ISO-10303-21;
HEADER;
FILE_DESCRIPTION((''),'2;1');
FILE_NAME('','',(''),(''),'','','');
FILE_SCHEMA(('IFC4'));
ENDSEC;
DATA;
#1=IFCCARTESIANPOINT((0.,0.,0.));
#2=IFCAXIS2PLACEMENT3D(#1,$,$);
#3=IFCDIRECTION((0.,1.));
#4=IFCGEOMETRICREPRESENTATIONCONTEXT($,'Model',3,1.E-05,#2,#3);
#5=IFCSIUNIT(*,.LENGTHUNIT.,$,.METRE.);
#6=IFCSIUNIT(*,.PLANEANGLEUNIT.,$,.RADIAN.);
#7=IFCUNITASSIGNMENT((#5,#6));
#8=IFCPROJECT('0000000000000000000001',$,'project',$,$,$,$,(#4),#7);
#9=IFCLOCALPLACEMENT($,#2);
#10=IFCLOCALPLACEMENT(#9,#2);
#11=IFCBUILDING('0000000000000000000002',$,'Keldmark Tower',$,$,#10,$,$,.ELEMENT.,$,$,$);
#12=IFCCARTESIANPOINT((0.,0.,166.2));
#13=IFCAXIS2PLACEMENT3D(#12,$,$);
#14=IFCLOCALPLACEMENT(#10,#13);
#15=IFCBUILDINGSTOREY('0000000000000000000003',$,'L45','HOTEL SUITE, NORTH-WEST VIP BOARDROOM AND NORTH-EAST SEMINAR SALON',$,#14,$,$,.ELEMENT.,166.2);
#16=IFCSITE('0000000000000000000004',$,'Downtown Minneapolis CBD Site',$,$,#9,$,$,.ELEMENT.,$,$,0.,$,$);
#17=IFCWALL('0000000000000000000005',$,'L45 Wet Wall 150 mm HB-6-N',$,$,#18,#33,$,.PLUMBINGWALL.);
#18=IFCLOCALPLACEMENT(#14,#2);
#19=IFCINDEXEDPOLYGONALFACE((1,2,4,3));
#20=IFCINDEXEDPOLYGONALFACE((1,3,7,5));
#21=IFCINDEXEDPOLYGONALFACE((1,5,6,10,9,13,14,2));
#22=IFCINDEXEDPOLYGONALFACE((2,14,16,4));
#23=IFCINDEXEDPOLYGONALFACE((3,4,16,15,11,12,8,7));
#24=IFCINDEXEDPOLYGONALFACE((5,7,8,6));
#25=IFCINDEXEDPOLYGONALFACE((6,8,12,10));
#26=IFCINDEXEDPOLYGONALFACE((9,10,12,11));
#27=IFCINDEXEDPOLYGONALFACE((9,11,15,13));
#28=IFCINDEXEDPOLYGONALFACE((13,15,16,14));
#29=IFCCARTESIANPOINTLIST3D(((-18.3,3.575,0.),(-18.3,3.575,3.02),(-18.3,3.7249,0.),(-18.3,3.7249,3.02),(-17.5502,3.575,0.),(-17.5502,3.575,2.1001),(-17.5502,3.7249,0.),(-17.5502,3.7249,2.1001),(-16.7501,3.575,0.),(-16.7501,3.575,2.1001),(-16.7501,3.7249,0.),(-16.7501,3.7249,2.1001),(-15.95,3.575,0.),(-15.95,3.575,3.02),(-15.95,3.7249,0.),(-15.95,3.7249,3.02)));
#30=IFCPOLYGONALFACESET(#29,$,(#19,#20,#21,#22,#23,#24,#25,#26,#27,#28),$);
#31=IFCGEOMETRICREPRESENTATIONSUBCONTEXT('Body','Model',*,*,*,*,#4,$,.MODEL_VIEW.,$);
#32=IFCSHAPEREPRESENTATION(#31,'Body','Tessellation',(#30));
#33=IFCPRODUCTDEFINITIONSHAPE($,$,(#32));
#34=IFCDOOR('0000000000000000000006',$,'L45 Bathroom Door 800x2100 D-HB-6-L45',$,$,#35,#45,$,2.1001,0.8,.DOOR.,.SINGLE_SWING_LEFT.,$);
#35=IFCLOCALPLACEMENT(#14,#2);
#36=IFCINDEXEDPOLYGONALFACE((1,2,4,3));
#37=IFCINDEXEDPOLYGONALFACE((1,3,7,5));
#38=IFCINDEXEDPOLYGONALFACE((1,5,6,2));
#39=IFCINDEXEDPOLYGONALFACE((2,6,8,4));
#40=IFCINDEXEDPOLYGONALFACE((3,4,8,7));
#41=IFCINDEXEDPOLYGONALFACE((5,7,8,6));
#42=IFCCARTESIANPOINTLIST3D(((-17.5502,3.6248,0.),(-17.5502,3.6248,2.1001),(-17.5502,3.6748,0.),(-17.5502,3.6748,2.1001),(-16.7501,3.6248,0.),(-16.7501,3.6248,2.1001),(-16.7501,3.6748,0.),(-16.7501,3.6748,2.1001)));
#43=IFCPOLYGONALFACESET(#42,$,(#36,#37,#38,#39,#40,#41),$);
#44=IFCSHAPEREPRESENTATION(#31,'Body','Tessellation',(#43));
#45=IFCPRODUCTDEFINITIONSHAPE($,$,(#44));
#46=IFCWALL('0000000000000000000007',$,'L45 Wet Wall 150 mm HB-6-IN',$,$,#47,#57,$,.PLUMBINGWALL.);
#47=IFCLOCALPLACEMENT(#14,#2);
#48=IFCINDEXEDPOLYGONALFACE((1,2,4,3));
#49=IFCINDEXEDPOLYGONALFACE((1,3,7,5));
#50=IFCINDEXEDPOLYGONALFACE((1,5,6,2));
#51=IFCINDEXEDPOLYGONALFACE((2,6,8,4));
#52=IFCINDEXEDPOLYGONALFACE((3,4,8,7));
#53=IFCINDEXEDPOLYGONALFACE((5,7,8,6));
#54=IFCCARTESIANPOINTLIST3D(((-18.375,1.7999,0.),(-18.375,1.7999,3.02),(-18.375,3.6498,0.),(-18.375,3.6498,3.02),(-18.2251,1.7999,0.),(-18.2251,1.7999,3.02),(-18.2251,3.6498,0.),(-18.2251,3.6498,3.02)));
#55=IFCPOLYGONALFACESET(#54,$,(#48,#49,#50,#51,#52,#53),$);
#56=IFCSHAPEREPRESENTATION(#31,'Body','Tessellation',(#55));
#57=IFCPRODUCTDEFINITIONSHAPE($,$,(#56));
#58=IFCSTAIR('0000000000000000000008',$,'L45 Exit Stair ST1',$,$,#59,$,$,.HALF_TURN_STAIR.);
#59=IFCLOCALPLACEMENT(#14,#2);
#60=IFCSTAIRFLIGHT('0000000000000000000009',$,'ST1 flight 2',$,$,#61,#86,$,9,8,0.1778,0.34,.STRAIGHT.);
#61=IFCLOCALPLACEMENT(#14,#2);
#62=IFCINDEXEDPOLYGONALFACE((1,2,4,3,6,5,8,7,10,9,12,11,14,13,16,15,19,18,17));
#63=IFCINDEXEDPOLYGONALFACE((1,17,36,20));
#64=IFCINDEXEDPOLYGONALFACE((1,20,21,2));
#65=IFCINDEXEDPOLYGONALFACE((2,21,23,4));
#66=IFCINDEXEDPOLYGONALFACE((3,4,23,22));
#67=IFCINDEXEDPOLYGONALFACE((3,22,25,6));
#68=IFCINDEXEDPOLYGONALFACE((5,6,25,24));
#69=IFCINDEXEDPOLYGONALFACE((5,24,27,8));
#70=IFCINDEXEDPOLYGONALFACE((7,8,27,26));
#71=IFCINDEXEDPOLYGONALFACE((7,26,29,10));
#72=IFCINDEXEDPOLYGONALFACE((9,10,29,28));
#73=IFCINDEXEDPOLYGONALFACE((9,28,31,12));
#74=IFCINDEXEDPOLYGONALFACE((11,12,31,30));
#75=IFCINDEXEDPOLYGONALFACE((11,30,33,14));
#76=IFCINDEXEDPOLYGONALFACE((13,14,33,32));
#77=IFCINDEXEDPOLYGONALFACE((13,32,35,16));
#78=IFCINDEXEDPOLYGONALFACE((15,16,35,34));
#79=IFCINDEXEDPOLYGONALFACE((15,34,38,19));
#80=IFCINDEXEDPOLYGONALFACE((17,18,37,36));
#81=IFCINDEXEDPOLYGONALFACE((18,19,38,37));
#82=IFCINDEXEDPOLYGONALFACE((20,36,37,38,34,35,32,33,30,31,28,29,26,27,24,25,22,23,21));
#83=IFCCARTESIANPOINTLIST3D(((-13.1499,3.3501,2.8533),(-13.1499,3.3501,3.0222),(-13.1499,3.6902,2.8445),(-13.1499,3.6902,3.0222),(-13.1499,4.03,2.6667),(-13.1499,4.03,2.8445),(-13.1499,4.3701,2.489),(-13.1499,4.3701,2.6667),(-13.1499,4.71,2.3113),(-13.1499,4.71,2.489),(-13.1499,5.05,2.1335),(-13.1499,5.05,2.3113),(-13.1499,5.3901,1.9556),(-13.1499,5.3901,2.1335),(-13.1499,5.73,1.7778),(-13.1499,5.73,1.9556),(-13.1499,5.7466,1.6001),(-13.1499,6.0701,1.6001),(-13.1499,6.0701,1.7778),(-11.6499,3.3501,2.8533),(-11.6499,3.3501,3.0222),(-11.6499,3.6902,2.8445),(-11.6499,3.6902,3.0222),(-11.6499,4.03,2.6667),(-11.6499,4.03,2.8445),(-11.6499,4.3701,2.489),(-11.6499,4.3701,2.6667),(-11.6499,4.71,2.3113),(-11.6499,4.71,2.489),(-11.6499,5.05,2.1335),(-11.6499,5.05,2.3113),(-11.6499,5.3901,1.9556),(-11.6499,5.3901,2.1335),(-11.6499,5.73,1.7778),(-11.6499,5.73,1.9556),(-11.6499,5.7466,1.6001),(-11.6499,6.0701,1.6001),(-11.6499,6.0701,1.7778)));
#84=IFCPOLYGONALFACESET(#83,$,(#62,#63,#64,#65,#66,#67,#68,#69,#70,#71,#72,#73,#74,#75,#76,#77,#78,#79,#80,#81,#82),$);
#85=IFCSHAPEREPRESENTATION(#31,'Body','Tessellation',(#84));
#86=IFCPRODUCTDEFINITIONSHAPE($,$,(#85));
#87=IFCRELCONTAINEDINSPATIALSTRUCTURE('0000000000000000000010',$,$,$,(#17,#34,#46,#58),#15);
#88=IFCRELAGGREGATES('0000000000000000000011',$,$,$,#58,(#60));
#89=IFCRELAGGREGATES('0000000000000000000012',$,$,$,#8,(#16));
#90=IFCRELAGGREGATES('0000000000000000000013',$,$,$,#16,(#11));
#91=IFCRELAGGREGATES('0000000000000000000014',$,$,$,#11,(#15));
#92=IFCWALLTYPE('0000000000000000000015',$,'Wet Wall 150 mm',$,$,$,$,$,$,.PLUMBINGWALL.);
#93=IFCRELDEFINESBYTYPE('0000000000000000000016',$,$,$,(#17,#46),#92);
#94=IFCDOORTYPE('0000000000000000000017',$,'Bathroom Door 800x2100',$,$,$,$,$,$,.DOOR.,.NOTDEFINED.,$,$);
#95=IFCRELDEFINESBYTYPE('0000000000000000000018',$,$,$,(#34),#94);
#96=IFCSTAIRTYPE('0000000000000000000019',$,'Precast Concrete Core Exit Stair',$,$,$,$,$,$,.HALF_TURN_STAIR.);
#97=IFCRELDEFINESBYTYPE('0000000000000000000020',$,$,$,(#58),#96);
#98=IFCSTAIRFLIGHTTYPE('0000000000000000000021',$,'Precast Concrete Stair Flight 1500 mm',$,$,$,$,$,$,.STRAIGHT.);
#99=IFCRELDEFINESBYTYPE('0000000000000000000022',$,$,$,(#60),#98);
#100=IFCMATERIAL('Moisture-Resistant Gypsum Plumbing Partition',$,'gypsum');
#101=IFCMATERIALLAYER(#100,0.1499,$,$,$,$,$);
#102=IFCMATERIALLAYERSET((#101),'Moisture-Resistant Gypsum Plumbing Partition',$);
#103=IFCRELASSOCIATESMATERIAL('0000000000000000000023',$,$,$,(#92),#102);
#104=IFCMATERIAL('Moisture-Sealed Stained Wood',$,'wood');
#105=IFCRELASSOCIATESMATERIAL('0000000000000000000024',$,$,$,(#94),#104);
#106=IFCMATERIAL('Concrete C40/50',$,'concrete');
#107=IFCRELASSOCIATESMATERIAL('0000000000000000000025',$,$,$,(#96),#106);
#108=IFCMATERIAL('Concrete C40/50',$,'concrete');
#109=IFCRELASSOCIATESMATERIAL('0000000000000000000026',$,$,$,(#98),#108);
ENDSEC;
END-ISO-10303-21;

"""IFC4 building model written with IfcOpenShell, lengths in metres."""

from ifc_helpers import new_model, si_unit, direction, frame, frame_2d, origin, place, context, subcontext, project, spatial, polyline, rectangle, outline, extrude, material, layer, layer_set, type_object, element, fill, aggregate, save


model = new_model("IFC4")

# Units and contexts
model_context = context("Model", 3, precision=1e-05, world=origin(), true_north=direction((0.0, 1.0)))
body_context = subcontext(model_context, "Body", "Model", "MODEL_VIEW")
ifc_project = project(units=[si_unit("LENGTHUNIT", "METRE"), si_unit("PLANEANGLEUNIT", "RADIAN")], contexts=[model_context])

# Site, building, storey
site_placement = place(None, origin())
site = spatial("IfcSite", under=ifc_project, at=site_placement, Name="Downtown Minneapolis CBD Site", CompositionType="ELEMENT", RefElevation=0.0)
building_placement = place(site_placement, origin())
building = spatial("IfcBuilding", under=site, at=building_placement, Name="Keldmark Tower", CompositionType="ELEMENT")
storey_placement = place(building_placement, frame((0.0, 0.0, 166.2)))
storey = spatial("IfcBuildingStorey", under=building, at=storey_placement, Name="L45", Description="HOTEL SUITE, NORTH-WEST VIP BOARDROOM AND NORTH-EAST SEMINAR SALON", CompositionType="ELEMENT", Elevation=166.2)

# Shared definitions
ifc_material_1 = material(Name="Moisture-Resistant Gypsum Plumbing Partition", Category="gypsum")
ifc_layer_1 = layer(ifc_material_1, 0.1499)
ifc_layer_set_1 = layer_set([ifc_layer_1], Name="Moisture-Resistant Gypsum Plumbing Partition")
wall_type_1 = type_object("IfcWallType", Name="Wet Wall 150 mm", PredefinedType="PLUMBINGWALL", material=ifc_layer_set_1)

# Wall, opening, door
wall_1_placement = place(storey_placement, frame((-18.3, 3.6499, 0.0), z_axis=(0.0, 0.0, 1.0), x_axis=(1.0, 0.0, 0.0)))
wall_1 = element("IfcWall", 1, at=wall_1_placement, inside=storey, type_object=wall_type_1, Name="L45 Wet Wall 150 mm HB-6-N", PredefinedType="PLUMBINGWALL", context=body_context, shape_type="SweptSolid", body=[
    extrude(rectangle(XDim=2.3501, YDim=0.1499, at=frame_2d((1.175, 0.0))), origin(), (0.0, 0.0, 1.0), 3.02),
])
opening_1_placement = place(wall_1_placement, frame((0.75, 0.0, 0.0)))
opening_1 = element("IfcOpeningElement", 2, at=opening_1_placement, cuts=wall_1, PredefinedType="OPENING", context=body_context, shape_type="SweptSolid", body=[
    extrude(rectangle(XDim=0.8, YDim=2.1001, at=frame_2d((0.3999, 1.05))), frame((0.0, 0.085, 0.0), z_axis=(0.0, -1.0, 0.0), x_axis=(1.0, 0.0, 0.0)), (0.0, 0.0, 1.0), 0.1699),
])
ifc_material_2 = material(Name="Moisture-Sealed Stained Wood", Category="wood")
door_type = type_object("IfcDoorType", Name="Bathroom Door 800x2100", OperationType="NOTDEFINED", PredefinedType="DOOR", material=ifc_material_2)
door_placement = place(opening_1_placement, origin())
door = element("IfcDoor", 3, at=door_placement, inside=storey, type_object=door_type, Name="L45 Bathroom Door 800x2100 D-HB-6-L45", OperationType="SINGLE_SWING_LEFT", OverallHeight=2.1001, OverallWidth=0.8, PredefinedType="DOOR", context=body_context, shape_type="SweptSolid", body=[
    extrude(rectangle(XDim=0.8, YDim=2.1001, at=frame_2d((0.3999, 1.05))), frame((0.0, 0.0249, 0.0), z_axis=(0.0, -1.0, 0.0), x_axis=(1.0, 0.0, 0.0)), (0.0, 0.0, 1.0), 0.05),
])
fill(opening_1, door)

# Wall
wall_2_placement = place(storey_placement, frame((-18.3, 1.8, 0.0), z_axis=(0.0, 0.0, 1.0), x_axis=(0.0, 1.0, 0.0)))
element("IfcWall", 4, at=wall_2_placement, inside=storey, type_object=wall_type_1, Name="L45 Wet Wall 150 mm HB-6-IN", PredefinedType="PLUMBINGWALL", context=body_context, shape_type="SweptSolid", body=[
    extrude(rectangle(XDim=1.8499, YDim=0.1499, at=frame_2d((0.9248, 0.0))), origin(), (0.0, 0.0, 1.0), 3.02),
])

# Stair, stair flight
ifc_material_3 = material(Name="Concrete C40/50", Category="concrete")
stair_type = type_object("IfcStairType", Name="Precast Concrete Core Exit Stair", PredefinedType="HALF_TURN_STAIR", material=ifc_material_3)
stair_placement = place(storey_placement, origin())
stair = element("IfcStair", 5, at=stair_placement, inside=storey, type_object=stair_type, Name="L45 Exit Stair ST1", PredefinedType="HALF_TURN_STAIR")
ifc_material_4 = material(Name="Concrete C40/50", Category="concrete")
stair_flight_type = type_object("IfcStairFlightType", Name="Precast Concrete Stair Flight 1500 mm", PredefinedType="STRAIGHT", material=ifc_material_4)
stair_flight_placement = place(storey_placement, frame((-12.3999, 6.0701, 1.6001), z_axis=(0.0, 0.0, 1.0), x_axis=(0.0, -1.0, 0.0)))
stair_flight = element("IfcStairFlight", 6, at=stair_flight_placement, type_object=stair_flight_type, Name="ST1 flight 2", NumberOfRisers=9, NumberOfTreads=8, PredefinedType="STRAIGHT", RiserHeight=0.1778, TreadLength=0.34, context=body_context, shape_type="SweptSolid", body=[
    extrude(outline(polyline([(0.0, 0.0), (0.0, 0.1777), (0.3401, 0.1777), (0.3401, 0.3555), (0.6799, 0.3555), (0.6799, 0.5334), (1.02, 0.5334), (1.02, 0.7112), (1.3601, 0.7112), (1.3601, 0.8889), (1.7, 0.8889), (1.7, 1.0667), (2.04, 1.0667), (2.04, 1.2444), (2.3799, 1.2444), (2.3799, 1.4221), (2.72, 1.4221), (2.72, 1.6001), (2.72, 1.2532), (0.3235, 0.0), (0.0, 0.0)])), frame((0.0, 0.75, 0.0), z_axis=(0.0, -1.0, 0.0), x_axis=(1.0, 0.0, 0.0)), (0.0, 0.0, 1.0), 1.5),
])
aggregate(stair, [stair_flight])

save(model, "model.ifc")
